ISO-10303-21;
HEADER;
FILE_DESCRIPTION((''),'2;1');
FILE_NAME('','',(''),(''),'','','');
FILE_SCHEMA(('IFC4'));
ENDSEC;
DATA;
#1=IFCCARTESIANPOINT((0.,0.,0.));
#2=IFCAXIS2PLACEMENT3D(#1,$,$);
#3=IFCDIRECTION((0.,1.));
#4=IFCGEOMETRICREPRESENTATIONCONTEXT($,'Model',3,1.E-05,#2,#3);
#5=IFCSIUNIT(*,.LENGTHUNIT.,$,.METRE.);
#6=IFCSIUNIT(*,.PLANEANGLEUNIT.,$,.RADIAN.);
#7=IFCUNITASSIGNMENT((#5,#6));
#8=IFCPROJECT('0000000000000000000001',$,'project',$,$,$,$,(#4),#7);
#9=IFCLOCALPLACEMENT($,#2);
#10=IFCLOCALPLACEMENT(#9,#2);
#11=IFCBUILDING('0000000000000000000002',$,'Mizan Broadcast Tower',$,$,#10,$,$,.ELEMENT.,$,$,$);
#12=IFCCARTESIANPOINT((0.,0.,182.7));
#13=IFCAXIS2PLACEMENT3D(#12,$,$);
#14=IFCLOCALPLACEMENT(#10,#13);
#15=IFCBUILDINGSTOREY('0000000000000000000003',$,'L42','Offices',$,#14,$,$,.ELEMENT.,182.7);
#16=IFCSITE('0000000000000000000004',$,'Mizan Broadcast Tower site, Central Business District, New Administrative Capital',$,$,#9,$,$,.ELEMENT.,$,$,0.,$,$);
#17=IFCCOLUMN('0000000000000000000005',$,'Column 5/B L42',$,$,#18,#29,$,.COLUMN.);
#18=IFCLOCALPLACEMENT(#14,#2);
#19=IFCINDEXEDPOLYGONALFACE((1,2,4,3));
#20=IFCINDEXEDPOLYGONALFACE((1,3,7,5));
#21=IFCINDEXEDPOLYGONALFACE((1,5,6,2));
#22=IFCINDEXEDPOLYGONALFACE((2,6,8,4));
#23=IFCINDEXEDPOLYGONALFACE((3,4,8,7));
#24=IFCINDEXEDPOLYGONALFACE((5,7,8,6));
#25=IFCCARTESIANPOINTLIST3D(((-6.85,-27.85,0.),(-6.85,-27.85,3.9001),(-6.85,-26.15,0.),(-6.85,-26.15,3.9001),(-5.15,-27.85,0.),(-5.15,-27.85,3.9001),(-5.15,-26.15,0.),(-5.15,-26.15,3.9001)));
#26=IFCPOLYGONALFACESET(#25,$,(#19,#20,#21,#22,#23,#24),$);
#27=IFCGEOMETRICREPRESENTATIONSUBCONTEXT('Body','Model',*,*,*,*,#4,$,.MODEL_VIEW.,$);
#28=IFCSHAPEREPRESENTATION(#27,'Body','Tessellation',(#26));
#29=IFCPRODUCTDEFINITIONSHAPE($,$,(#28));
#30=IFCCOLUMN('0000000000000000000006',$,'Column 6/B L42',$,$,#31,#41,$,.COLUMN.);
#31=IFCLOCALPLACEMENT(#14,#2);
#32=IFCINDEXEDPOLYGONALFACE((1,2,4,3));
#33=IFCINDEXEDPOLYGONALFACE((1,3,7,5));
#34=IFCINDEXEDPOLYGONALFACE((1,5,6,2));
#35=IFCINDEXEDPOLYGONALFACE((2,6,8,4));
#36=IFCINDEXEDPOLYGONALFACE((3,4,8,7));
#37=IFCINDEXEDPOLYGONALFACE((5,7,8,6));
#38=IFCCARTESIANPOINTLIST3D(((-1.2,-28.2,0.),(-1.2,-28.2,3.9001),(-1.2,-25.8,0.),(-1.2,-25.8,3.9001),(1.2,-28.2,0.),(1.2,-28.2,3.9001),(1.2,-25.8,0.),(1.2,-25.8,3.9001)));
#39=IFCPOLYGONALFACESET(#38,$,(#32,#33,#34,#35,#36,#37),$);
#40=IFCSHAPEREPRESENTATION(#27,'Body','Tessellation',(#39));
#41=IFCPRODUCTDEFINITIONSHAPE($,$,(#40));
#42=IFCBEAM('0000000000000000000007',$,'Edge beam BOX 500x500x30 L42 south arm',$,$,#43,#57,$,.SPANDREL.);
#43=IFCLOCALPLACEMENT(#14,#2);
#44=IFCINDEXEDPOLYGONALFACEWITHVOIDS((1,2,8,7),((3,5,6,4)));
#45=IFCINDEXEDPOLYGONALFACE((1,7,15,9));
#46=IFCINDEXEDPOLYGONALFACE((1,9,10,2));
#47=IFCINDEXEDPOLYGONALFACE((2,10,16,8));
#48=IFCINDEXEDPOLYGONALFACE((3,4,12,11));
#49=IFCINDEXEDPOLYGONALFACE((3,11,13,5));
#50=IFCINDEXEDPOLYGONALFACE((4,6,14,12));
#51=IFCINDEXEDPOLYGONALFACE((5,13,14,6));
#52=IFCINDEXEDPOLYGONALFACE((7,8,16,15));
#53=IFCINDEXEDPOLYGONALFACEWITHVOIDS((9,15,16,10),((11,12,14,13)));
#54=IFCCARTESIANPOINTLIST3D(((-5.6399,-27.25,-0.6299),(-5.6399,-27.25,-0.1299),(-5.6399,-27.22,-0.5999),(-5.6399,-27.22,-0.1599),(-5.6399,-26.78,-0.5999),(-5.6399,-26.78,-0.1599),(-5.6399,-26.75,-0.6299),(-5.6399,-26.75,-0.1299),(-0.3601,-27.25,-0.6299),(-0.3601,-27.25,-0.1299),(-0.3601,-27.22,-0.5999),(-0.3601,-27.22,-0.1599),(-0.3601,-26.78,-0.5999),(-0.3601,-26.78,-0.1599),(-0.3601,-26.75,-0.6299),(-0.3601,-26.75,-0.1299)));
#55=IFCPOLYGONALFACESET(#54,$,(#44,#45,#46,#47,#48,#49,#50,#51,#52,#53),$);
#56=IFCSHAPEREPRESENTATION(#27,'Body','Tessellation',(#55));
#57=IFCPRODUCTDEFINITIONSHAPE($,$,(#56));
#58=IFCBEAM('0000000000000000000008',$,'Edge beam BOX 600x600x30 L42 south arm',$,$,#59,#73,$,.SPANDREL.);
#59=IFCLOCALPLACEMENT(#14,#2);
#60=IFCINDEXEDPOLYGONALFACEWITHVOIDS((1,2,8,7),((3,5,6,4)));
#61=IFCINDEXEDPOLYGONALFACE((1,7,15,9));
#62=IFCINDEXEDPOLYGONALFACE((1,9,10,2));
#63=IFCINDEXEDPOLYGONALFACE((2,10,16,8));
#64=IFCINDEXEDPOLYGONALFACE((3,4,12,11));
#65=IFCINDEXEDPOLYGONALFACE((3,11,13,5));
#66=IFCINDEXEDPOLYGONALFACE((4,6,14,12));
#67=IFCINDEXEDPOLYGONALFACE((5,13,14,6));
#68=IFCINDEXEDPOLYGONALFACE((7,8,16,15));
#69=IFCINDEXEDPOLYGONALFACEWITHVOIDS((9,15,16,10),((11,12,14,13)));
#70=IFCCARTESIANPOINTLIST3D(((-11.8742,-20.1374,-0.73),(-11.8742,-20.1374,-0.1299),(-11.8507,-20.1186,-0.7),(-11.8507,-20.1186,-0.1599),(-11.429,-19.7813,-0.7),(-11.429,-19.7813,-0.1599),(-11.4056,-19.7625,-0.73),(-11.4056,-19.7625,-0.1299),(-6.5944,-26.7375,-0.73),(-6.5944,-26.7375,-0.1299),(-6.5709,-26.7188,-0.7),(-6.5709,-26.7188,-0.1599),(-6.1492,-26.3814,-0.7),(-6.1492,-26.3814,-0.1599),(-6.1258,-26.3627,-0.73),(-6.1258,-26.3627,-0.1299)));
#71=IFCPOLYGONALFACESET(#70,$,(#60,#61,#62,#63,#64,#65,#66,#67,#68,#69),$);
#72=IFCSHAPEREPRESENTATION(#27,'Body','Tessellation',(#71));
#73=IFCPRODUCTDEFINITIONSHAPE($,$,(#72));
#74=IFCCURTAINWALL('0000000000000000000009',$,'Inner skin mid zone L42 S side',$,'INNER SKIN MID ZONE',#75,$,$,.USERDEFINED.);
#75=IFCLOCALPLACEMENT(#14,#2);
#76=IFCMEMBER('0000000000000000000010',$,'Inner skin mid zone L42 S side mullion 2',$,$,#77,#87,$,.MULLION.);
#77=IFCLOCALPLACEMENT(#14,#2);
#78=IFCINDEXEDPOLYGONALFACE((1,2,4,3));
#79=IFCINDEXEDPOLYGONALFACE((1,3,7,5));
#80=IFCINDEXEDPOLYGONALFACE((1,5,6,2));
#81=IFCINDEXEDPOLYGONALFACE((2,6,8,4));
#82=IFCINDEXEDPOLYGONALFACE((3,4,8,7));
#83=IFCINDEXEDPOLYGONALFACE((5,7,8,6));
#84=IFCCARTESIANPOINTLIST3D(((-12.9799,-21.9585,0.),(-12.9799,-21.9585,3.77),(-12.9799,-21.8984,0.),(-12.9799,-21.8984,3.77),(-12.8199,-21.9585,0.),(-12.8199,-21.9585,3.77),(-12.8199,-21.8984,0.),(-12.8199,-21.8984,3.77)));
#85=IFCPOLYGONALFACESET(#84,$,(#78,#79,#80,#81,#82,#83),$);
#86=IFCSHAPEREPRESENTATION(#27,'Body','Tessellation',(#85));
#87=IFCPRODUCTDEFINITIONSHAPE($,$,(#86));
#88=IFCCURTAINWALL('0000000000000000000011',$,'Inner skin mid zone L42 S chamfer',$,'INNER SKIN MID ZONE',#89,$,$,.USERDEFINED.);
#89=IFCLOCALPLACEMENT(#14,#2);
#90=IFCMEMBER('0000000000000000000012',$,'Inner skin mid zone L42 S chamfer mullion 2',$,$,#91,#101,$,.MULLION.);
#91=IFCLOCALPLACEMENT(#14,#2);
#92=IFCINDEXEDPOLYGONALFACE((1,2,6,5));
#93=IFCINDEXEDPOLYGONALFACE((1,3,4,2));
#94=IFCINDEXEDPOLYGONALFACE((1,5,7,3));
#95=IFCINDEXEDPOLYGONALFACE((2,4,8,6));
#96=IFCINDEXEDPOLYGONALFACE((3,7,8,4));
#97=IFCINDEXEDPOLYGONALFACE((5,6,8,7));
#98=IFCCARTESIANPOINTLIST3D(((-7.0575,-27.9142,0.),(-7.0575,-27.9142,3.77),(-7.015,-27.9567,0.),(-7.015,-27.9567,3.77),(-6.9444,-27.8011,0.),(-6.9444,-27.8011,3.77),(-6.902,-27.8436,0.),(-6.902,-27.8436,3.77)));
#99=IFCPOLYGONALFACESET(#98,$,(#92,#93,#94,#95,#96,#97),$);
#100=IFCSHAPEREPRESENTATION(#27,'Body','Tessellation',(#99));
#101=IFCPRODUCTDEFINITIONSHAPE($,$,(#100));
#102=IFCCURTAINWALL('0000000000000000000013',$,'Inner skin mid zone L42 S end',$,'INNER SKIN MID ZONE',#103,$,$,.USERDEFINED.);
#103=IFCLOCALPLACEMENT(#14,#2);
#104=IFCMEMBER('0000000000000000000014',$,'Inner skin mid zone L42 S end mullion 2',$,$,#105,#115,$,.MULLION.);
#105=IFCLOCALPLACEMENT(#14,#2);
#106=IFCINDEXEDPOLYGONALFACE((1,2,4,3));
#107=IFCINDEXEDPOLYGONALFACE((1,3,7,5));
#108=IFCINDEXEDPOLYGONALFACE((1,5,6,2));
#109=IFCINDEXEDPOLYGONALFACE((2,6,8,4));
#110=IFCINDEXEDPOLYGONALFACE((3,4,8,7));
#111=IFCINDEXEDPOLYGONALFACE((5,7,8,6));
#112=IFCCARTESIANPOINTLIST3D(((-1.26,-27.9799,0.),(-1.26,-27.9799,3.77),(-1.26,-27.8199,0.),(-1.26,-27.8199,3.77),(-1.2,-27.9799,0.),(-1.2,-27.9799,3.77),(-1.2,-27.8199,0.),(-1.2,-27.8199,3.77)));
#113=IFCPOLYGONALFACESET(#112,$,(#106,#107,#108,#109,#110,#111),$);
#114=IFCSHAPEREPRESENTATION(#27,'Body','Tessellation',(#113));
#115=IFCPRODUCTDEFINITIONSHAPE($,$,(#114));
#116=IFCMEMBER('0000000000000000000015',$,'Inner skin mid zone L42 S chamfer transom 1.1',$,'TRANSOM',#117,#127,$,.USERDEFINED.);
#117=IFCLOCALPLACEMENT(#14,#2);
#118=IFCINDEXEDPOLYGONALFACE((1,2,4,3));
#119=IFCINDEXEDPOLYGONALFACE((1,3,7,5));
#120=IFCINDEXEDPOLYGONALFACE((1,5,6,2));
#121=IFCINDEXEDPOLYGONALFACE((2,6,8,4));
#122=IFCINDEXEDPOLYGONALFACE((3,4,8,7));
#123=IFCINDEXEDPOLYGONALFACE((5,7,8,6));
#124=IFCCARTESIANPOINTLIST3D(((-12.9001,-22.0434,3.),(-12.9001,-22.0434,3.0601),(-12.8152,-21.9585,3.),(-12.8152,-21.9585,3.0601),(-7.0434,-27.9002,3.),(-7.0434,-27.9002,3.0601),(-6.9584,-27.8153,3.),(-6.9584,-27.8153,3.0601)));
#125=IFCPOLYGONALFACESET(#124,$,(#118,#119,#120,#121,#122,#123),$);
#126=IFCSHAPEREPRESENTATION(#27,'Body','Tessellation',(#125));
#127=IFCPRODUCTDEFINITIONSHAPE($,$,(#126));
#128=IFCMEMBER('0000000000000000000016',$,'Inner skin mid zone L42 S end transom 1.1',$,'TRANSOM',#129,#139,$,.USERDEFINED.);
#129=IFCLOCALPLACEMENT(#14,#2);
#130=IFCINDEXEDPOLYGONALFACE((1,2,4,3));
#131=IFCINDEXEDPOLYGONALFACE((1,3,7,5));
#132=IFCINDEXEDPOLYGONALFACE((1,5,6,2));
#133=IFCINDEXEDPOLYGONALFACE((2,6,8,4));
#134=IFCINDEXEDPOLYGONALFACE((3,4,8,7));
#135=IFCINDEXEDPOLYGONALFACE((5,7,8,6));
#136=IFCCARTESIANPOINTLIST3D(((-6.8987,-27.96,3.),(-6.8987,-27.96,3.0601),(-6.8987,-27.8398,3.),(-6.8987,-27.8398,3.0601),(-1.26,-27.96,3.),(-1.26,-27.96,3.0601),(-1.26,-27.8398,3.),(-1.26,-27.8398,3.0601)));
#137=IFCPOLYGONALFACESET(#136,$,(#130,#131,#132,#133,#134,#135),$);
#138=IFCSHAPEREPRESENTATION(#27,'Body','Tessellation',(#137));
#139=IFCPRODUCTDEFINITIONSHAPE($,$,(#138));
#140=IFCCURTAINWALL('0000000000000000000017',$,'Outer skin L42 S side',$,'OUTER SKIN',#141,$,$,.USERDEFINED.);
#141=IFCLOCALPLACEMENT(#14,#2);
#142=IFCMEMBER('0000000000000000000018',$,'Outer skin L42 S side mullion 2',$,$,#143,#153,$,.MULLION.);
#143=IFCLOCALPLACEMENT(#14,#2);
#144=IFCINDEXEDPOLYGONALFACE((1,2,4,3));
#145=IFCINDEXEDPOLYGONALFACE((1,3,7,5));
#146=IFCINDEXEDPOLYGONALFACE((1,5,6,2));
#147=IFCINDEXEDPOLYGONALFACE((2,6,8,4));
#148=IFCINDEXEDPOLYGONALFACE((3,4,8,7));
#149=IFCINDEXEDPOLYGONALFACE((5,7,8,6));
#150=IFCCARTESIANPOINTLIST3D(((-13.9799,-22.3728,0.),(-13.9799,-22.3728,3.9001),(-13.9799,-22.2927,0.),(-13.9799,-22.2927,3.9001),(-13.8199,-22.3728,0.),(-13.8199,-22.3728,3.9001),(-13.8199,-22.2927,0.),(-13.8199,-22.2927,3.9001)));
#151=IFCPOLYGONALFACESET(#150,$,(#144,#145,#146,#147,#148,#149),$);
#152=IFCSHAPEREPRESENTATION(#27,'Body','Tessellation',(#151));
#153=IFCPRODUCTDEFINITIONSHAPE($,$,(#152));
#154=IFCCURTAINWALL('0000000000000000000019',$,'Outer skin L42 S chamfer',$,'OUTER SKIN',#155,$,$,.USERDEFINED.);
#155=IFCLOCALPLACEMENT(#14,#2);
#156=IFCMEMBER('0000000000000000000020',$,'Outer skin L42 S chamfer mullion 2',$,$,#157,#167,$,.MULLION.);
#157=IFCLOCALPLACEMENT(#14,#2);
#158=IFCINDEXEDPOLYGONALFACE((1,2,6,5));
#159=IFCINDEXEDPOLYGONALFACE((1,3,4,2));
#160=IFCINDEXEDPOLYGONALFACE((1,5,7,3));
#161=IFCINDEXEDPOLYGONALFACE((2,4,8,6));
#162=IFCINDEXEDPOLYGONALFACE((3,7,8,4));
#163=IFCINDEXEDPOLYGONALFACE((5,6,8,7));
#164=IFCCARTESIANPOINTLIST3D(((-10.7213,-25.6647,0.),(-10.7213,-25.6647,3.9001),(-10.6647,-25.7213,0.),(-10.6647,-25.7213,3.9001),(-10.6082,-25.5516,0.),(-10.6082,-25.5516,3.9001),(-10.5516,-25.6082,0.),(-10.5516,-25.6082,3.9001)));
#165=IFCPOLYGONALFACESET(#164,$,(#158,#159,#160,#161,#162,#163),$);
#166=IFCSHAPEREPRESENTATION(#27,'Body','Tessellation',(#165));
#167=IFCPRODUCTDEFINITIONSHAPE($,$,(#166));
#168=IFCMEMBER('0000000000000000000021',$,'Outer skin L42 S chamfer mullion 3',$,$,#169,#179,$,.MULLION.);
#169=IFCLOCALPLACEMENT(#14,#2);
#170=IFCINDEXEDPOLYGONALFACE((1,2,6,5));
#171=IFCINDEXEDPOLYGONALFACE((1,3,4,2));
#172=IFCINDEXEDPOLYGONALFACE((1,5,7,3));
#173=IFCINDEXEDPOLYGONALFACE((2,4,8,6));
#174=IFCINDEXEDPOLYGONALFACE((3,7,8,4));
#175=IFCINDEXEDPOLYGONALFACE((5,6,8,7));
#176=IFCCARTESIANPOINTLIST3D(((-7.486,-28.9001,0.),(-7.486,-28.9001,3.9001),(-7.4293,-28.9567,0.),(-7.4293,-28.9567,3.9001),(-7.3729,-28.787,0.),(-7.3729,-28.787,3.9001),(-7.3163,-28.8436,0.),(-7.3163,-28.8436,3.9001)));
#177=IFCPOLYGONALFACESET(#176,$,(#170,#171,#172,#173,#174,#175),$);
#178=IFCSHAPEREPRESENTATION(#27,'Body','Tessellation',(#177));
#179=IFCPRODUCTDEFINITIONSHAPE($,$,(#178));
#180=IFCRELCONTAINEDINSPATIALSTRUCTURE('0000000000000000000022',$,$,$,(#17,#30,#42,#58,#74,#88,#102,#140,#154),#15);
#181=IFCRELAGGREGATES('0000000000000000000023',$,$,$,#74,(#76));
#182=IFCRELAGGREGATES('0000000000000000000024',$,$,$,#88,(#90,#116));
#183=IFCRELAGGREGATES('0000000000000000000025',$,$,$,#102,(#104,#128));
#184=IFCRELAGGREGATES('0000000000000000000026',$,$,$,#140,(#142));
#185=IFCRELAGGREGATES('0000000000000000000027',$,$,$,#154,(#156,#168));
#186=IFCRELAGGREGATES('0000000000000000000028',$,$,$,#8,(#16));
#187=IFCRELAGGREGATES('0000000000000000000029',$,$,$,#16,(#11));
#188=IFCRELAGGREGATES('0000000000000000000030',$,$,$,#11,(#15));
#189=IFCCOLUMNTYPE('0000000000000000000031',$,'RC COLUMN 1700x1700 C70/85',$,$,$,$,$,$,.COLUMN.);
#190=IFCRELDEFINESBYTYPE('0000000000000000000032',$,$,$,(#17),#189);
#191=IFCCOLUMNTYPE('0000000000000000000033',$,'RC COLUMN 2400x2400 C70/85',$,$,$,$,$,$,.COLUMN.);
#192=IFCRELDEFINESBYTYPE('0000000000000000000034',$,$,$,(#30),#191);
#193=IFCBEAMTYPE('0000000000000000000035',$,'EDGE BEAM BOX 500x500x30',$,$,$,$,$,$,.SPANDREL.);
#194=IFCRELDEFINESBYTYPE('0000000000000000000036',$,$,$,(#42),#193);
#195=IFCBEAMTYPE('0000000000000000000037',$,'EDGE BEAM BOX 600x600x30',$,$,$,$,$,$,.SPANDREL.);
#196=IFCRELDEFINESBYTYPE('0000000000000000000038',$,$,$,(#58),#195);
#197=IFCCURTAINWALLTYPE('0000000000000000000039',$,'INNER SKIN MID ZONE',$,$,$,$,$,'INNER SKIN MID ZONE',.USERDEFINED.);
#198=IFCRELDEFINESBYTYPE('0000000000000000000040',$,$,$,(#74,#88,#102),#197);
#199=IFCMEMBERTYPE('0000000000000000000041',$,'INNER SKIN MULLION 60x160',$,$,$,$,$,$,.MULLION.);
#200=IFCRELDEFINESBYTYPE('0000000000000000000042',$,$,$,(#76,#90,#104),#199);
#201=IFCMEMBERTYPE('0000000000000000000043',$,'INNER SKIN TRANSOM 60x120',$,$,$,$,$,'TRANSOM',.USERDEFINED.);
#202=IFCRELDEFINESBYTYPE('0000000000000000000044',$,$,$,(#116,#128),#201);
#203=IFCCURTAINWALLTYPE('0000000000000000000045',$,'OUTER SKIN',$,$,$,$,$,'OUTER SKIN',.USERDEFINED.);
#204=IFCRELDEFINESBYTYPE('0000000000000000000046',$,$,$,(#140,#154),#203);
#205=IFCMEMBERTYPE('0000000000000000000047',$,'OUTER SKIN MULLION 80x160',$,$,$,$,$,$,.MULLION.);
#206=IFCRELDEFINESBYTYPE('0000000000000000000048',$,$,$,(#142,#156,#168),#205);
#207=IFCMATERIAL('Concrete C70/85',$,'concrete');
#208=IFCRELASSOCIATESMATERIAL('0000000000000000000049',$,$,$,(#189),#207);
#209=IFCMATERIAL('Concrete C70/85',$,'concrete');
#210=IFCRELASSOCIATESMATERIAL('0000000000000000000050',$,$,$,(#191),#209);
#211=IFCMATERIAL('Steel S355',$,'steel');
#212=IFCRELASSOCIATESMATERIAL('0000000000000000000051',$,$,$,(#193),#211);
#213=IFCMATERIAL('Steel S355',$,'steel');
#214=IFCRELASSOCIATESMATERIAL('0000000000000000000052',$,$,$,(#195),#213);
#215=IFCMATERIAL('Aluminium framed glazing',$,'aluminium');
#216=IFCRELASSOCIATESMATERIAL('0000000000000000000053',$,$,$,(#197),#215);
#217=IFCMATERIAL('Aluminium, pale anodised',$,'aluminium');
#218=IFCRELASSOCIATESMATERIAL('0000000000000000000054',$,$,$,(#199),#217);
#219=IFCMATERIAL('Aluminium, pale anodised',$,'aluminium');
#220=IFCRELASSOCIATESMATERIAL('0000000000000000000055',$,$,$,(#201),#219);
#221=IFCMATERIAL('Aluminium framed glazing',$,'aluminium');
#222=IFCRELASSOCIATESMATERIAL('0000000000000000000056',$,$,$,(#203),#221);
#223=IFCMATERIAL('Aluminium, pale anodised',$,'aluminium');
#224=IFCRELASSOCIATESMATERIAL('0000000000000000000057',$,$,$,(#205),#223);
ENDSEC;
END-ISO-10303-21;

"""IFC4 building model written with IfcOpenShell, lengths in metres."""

from ifc_helpers import new_model, si_unit, direction, frame, origin, origin_2d, place, context, subcontext, project, spatial, rectangle, hollow_rectangle, extrude, material, material_profile, profile_set, type_object, element, aggregate, save


model = new_model("IFC4")

# Units and contexts
model_context = context("Model", 3, precision=1e-05, world=origin(), true_north=direction((0.0, 1.0)))
body_context = subcontext(model_context, "Body", "Model", "MODEL_VIEW")
ifc_project = project(units=[si_unit("LENGTHUNIT", "METRE"), si_unit("PLANEANGLEUNIT", "RADIAN")], contexts=[model_context])

# Site, building, storey
site_placement = place(None, origin())
site = spatial("IfcSite", under=ifc_project, at=site_placement, Name="Mizan Broadcast Tower site, Central Business District, New Administrative Capital", CompositionType="ELEMENT", RefElevation=0.0)
building_placement = place(site_placement, origin())
building = spatial("IfcBuilding", under=site, at=building_placement, Name="Mizan Broadcast Tower", CompositionType="ELEMENT")
storey_placement = place(building_placement, frame((0.0, 0.0, 182.7)))
storey = spatial("IfcBuildingStorey", under=building, at=storey_placement, Name="L42", Description="Offices", CompositionType="ELEMENT", Elevation=182.7)

# Columns
ifc_material_1 = material(Name="Concrete C70/85", Category="concrete")
ifc_material_profile_1 = material_profile(ifc_material_1, rectangle(XDim=1.7, YDim=1.7, at=origin_2d()), Name="RC 1700x1700")
ifc_profile_set_1 = profile_set([ifc_material_profile_1], Name="Concrete C70/85")
column_type_1 = type_object("IfcColumnType", Name="RC COLUMN 1700x1700 C70/85", PredefinedType="COLUMN", material=ifc_profile_set_1)
column_1_placement = place(storey_placement, frame((-6.0, -27.0, 0.0), z_axis=(0.0, 0.0, 1.0), x_axis=(1.0, 0.0, 0.0)))
element("IfcColumn", 1, at=column_1_placement, inside=storey, type_object=column_type_1, Name="Column 5/B L42", PredefinedType="COLUMN", context=body_context, shape_type="SweptSolid", body=[
    extrude(rectangle(XDim=1.7, YDim=1.7, at=origin_2d()), origin(), (0.0, 0.0, 1.0), 3.9001),
])
ifc_material_2 = material(Name="Concrete C70/85", Category="concrete")
ifc_material_profile_2 = material_profile(ifc_material_2, rectangle(XDim=2.3999, YDim=2.3999, at=origin_2d()), Name="RC 2400x2400")
ifc_profile_set_2 = profile_set([ifc_material_profile_2], Name="Concrete C70/85")
column_type_2 = type_object("IfcColumnType", Name="RC COLUMN 2400x2400 C70/85", PredefinedType="COLUMN", material=ifc_profile_set_2)
column_2_placement = place(storey_placement, frame((0.0, -27.0, 0.0), z_axis=(0.0, 0.0, 1.0), x_axis=(1.0, 0.0, 0.0)))
element("IfcColumn", 2, at=column_2_placement, inside=storey, type_object=column_type_2, Name="Column 6/B L42", PredefinedType="COLUMN", context=body_context, shape_type="SweptSolid", body=[
    extrude(rectangle(XDim=2.3999, YDim=2.3999, at=origin_2d()), origin(), (0.0, 0.0, 1.0), 3.9001),
])

# Beams
ifc_material_3 = material(Name="Steel S355", Category="steel")
ifc_material_profile_3 = material_profile(ifc_material_3, hollow_rectangle(XDim=0.5, YDim=0.5, WallThickness=0.03, at=origin_2d()), Name="BOX 500x500x30")
ifc_profile_set_3 = profile_set([ifc_material_profile_3], Name="Steel S355")
beam_type_1 = type_object("IfcBeamType", Name="EDGE BEAM BOX 500x500x30", PredefinedType="SPANDREL", material=ifc_profile_set_3)
beam_1_placement = place(storey_placement, frame((-5.6399, -27.0, -0.3799), z_axis=(1.0, 0.0, 0.0), x_axis=(0.0, 1.0, 0.0)))
element("IfcBeam", 3, at=beam_1_placement, inside=storey, type_object=beam_type_1, Name="Edge beam BOX 500x500x30 L42 south arm", PredefinedType="SPANDREL", context=body_context, shape_type="SweptSolid", body=[
    extrude(hollow_rectangle(XDim=0.5, YDim=0.5, WallThickness=0.03, at=origin_2d()), origin(), (0.0, 0.0, 1.0), 5.2798),
])
ifc_material_4 = material(Name="Steel S355", Category="steel")
ifc_material_profile_4 = material_profile(ifc_material_4, hollow_rectangle(XDim=0.6001, YDim=0.6001, WallThickness=0.03, at=origin_2d()), Name="BOX 600x600x30")
ifc_profile_set_4 = profile_set([ifc_material_profile_4], Name="Steel S355")
beam_type_2 = type_object("IfcBeamType", Name="EDGE BEAM BOX 600x600x30", PredefinedType="SPANDREL", material=ifc_profile_set_4)
beam_2_placement = place(storey_placement, frame((-11.6399, -19.95, -0.4299), z_axis=(0.624674, -0.780886, 0.0), x_axis=(0.780886, 0.624674, 0.0)))
element("IfcBeam", 4, at=beam_2_placement, inside=storey, type_object=beam_type_2, Name="Edge beam BOX 600x600x30 L42 south arm", PredefinedType="SPANDREL", context=body_context, shape_type="SweptSolid", body=[
    extrude(hollow_rectangle(XDim=0.6001, YDim=0.6001, WallThickness=0.03, at=origin_2d()), origin(), (0.0, 0.0, 1.0), 8.4521),
])

# Curtain walls, members
ifc_material_5 = material(Name="Aluminium framed glazing", Category="aluminium")
curtain_wall_type_1 = type_object("IfcCurtainWallType", Name="INNER SKIN MID ZONE", ElementType="INNER SKIN MID ZONE", PredefinedType="USERDEFINED", material=ifc_material_5)
curtain_wall_1_placement = place(storey_placement, origin())
curtain_wall_1 = element("IfcCurtainWall", 5, at=curtain_wall_1_placement, inside=storey, type_object=curtain_wall_type_1, Name="Inner skin mid zone L42 S side", ObjectType="INNER SKIN MID ZONE", PredefinedType="USERDEFINED")
ifc_material_6 = material(Name="Aluminium, pale anodised", Category="aluminium")
ifc_material_profile_5 = material_profile(ifc_material_6, rectangle(XDim=0.1599, YDim=0.0601, at=origin_2d()), Name="MULLION 160x60")
ifc_profile_set_5 = profile_set([ifc_material_profile_5], Name="Aluminium, pale anodised")
member_type_1 = type_object("IfcMemberType", Name="INNER SKIN MULLION 60x160", PredefinedType="MULLION", material=ifc_profile_set_5)
member_1_placement = place(storey_placement, frame((-12.8999, -21.9285, 0.0), z_axis=(0.0, 0.0, 1.0), x_axis=(1.0, 0.0, 0.0)))
member_1 = element("IfcMember", 6, at=member_1_placement, type_object=member_type_1, Name="Inner skin mid zone L42 S side mullion 2", PredefinedType="MULLION", context=body_context, shape_type="SweptSolid", body=[
    extrude(rectangle(XDim=0.1599, YDim=0.0601, at=origin_2d()), origin(), (0.0, 0.0, 1.0), 3.77),
])
curtain_wall_2_placement = place(storey_placement, origin())
curtain_wall_2 = element("IfcCurtainWall", 7, at=curtain_wall_2_placement, inside=storey, type_object=curtain_wall_type_1, Name="Inner skin mid zone L42 S chamfer", ObjectType="INNER SKIN MID ZONE", PredefinedType="USERDEFINED")
member_2_placement = place(storey_placement, frame((-6.9797, -27.8789, 0.0), z_axis=(0.0, 0.0, 1.0), x_axis=(0.707107, 0.707107, 0.0)))
member_2 = element("IfcMember", 8, at=member_2_placement, type_object=member_type_1, Name="Inner skin mid zone L42 S chamfer mullion 2", PredefinedType="MULLION", context=body_context, shape_type="SweptSolid", body=[
    extrude(rectangle(XDim=0.1599, YDim=0.0601, at=origin_2d()), origin(), (0.0, 0.0, 1.0), 3.77),
])
curtain_wall_3_placement = place(storey_placement, origin())
curtain_wall_3 = element("IfcCurtainWall", 9, at=curtain_wall_3_placement, inside=storey, type_object=curtain_wall_type_1, Name="Inner skin mid zone L42 S end", ObjectType="INNER SKIN MID ZONE", PredefinedType="USERDEFINED")
member_3_placement = place(storey_placement, frame((-1.23, -27.8999, 0.0), z_axis=(0.0, 0.0, 1.0), x_axis=(0.0, 1.0, 0.0)))
member_3 = element("IfcMember", 10, at=member_3_placement, type_object=member_type_1, Name="Inner skin mid zone L42 S end mullion 2", PredefinedType="MULLION", context=body_context, shape_type="SweptSolid", body=[
    extrude(rectangle(XDim=0.1599, YDim=0.0601, at=origin_2d()), origin(), (0.0, 0.0, 1.0), 3.77),
])

# Members
ifc_material_7 = material(Name="Aluminium, pale anodised", Category="aluminium")
ifc_material_profile_6 = material_profile(ifc_material_7, rectangle(XDim=0.1201, YDim=0.0601, at=origin_2d()), Name="TRANSOM 120x60")
ifc_profile_set_6 = profile_set([ifc_material_profile_6], Name="Aluminium, pale anodised")
member_type_2 = type_object("IfcMemberType", Name="INNER SKIN TRANSOM 60x120", ElementType="TRANSOM", PredefinedType="USERDEFINED", material=ifc_profile_set_6)
member_4_placement = place(storey_placement, frame((-12.8577, -22.001, 3.03), z_axis=(0.707107, -0.707107, 0.0), x_axis=(0.707107, 0.707107, 0.0)))
member_4 = element("IfcMember", 11, at=member_4_placement, type_object=member_type_2, Name="Inner skin mid zone L42 S chamfer transom 1.1", ObjectType="TRANSOM", PredefinedType="USERDEFINED", context=body_context, shape_type="SweptSolid", body=[
    extrude(rectangle(XDim=0.1201, YDim=0.0601, at=origin_2d()), origin(), (0.0, 0.0, 1.0), 8.2827),
])
member_5_placement = place(storey_placement, frame((-6.8987, -27.8999, 3.03), z_axis=(1.0, 0.0, 0.0), x_axis=(0.0, 1.0, 0.0)))
member_5 = element("IfcMember", 12, at=member_5_placement, type_object=member_type_2, Name="Inner skin mid zone L42 S end transom 1.1", ObjectType="TRANSOM", PredefinedType="USERDEFINED", context=body_context, shape_type="SweptSolid", body=[
    extrude(rectangle(XDim=0.1201, YDim=0.0601, at=origin_2d()), origin(), (0.0, 0.0, 1.0), 5.6387),
])

# Curtain wall, member
ifc_material_8 = material(Name="Aluminium framed glazing", Category="aluminium")
curtain_wall_type_2 = type_object("IfcCurtainWallType", Name="OUTER SKIN", ElementType="OUTER SKIN", PredefinedType="USERDEFINED", material=ifc_material_8)
curtain_wall_4_placement = place(storey_placement, origin())
curtain_wall_4 = element("IfcCurtainWall", 13, at=curtain_wall_4_placement, inside=storey, type_object=curtain_wall_type_2, Name="Outer skin L42 S side", ObjectType="OUTER SKIN", PredefinedType="USERDEFINED")
ifc_material_9 = material(Name="Aluminium, pale anodised", Category="aluminium")
ifc_material_profile_7 = material_profile(ifc_material_9, rectangle(XDim=0.1599, YDim=0.0801, at=origin_2d()), Name="MULLION 160x80")
ifc_profile_set_7 = profile_set([ifc_material_profile_7], Name="Aluminium, pale anodised")
member_type_3 = type_object("IfcMemberType", Name="OUTER SKIN MULLION 80x160", PredefinedType="MULLION", material=ifc_profile_set_7)
member_6_placement = place(storey_placement, frame((-13.8999, -22.3328, 0.0), z_axis=(0.0, 0.0, 1.0), x_axis=(1.0, 0.0, 0.0)))
member_6 = element("IfcMember", 14, at=member_6_placement, type_object=member_type_3, Name="Outer skin L42 S side mullion 2", PredefinedType="MULLION", context=body_context, shape_type="SweptSolid", body=[
    extrude(rectangle(XDim=0.1599, YDim=0.0801, at=origin_2d()), origin(), (0.0, 0.0, 1.0), 3.9001),
])

# Curtain wall, members
curtain_wall_5_placement = place(storey_placement, origin())
curtain_wall_5 = element("IfcCurtainWall", 15, at=curtain_wall_5_placement, inside=storey, type_object=curtain_wall_type_2, Name="Outer skin L42 S chamfer", ObjectType="OUTER SKIN", PredefinedType="USERDEFINED")
member_7_placement = place(storey_placement, frame((-10.6365, -25.6365, 0.0), z_axis=(0.0, 0.0, 1.0), x_axis=(0.707107, 0.707107, 0.0)))
member_7 = element("IfcMember", 16, at=member_7_placement, type_object=member_type_3, Name="Outer skin L42 S chamfer mullion 2", PredefinedType="MULLION", context=body_context, shape_type="SweptSolid", body=[
    extrude(rectangle(XDim=0.1599, YDim=0.0801, at=origin_2d()), origin(), (0.0, 0.0, 1.0), 3.9001),
])
member_8_placement = place(storey_placement, frame((-7.4011, -28.8718, 0.0), z_axis=(0.0, 0.0, 1.0), x_axis=(0.707107, 0.707107, 0.0)))
member_8 = element("IfcMember", 17, at=member_8_placement, type_object=member_type_3, Name="Outer skin L42 S chamfer mullion 3", PredefinedType="MULLION", context=body_context, shape_type="SweptSolid", body=[
    extrude(rectangle(XDim=0.1599, YDim=0.0801, at=origin_2d()), origin(), (0.0, 0.0, 1.0), 3.9001),
])

aggregate(curtain_wall_1, [member_1])
aggregate(curtain_wall_2, [member_2, member_4])
aggregate(curtain_wall_3, [member_3, member_5])
aggregate(curtain_wall_4, [member_6])
aggregate(curtain_wall_5, [member_7, member_8])

save(model, "model.ifc")
